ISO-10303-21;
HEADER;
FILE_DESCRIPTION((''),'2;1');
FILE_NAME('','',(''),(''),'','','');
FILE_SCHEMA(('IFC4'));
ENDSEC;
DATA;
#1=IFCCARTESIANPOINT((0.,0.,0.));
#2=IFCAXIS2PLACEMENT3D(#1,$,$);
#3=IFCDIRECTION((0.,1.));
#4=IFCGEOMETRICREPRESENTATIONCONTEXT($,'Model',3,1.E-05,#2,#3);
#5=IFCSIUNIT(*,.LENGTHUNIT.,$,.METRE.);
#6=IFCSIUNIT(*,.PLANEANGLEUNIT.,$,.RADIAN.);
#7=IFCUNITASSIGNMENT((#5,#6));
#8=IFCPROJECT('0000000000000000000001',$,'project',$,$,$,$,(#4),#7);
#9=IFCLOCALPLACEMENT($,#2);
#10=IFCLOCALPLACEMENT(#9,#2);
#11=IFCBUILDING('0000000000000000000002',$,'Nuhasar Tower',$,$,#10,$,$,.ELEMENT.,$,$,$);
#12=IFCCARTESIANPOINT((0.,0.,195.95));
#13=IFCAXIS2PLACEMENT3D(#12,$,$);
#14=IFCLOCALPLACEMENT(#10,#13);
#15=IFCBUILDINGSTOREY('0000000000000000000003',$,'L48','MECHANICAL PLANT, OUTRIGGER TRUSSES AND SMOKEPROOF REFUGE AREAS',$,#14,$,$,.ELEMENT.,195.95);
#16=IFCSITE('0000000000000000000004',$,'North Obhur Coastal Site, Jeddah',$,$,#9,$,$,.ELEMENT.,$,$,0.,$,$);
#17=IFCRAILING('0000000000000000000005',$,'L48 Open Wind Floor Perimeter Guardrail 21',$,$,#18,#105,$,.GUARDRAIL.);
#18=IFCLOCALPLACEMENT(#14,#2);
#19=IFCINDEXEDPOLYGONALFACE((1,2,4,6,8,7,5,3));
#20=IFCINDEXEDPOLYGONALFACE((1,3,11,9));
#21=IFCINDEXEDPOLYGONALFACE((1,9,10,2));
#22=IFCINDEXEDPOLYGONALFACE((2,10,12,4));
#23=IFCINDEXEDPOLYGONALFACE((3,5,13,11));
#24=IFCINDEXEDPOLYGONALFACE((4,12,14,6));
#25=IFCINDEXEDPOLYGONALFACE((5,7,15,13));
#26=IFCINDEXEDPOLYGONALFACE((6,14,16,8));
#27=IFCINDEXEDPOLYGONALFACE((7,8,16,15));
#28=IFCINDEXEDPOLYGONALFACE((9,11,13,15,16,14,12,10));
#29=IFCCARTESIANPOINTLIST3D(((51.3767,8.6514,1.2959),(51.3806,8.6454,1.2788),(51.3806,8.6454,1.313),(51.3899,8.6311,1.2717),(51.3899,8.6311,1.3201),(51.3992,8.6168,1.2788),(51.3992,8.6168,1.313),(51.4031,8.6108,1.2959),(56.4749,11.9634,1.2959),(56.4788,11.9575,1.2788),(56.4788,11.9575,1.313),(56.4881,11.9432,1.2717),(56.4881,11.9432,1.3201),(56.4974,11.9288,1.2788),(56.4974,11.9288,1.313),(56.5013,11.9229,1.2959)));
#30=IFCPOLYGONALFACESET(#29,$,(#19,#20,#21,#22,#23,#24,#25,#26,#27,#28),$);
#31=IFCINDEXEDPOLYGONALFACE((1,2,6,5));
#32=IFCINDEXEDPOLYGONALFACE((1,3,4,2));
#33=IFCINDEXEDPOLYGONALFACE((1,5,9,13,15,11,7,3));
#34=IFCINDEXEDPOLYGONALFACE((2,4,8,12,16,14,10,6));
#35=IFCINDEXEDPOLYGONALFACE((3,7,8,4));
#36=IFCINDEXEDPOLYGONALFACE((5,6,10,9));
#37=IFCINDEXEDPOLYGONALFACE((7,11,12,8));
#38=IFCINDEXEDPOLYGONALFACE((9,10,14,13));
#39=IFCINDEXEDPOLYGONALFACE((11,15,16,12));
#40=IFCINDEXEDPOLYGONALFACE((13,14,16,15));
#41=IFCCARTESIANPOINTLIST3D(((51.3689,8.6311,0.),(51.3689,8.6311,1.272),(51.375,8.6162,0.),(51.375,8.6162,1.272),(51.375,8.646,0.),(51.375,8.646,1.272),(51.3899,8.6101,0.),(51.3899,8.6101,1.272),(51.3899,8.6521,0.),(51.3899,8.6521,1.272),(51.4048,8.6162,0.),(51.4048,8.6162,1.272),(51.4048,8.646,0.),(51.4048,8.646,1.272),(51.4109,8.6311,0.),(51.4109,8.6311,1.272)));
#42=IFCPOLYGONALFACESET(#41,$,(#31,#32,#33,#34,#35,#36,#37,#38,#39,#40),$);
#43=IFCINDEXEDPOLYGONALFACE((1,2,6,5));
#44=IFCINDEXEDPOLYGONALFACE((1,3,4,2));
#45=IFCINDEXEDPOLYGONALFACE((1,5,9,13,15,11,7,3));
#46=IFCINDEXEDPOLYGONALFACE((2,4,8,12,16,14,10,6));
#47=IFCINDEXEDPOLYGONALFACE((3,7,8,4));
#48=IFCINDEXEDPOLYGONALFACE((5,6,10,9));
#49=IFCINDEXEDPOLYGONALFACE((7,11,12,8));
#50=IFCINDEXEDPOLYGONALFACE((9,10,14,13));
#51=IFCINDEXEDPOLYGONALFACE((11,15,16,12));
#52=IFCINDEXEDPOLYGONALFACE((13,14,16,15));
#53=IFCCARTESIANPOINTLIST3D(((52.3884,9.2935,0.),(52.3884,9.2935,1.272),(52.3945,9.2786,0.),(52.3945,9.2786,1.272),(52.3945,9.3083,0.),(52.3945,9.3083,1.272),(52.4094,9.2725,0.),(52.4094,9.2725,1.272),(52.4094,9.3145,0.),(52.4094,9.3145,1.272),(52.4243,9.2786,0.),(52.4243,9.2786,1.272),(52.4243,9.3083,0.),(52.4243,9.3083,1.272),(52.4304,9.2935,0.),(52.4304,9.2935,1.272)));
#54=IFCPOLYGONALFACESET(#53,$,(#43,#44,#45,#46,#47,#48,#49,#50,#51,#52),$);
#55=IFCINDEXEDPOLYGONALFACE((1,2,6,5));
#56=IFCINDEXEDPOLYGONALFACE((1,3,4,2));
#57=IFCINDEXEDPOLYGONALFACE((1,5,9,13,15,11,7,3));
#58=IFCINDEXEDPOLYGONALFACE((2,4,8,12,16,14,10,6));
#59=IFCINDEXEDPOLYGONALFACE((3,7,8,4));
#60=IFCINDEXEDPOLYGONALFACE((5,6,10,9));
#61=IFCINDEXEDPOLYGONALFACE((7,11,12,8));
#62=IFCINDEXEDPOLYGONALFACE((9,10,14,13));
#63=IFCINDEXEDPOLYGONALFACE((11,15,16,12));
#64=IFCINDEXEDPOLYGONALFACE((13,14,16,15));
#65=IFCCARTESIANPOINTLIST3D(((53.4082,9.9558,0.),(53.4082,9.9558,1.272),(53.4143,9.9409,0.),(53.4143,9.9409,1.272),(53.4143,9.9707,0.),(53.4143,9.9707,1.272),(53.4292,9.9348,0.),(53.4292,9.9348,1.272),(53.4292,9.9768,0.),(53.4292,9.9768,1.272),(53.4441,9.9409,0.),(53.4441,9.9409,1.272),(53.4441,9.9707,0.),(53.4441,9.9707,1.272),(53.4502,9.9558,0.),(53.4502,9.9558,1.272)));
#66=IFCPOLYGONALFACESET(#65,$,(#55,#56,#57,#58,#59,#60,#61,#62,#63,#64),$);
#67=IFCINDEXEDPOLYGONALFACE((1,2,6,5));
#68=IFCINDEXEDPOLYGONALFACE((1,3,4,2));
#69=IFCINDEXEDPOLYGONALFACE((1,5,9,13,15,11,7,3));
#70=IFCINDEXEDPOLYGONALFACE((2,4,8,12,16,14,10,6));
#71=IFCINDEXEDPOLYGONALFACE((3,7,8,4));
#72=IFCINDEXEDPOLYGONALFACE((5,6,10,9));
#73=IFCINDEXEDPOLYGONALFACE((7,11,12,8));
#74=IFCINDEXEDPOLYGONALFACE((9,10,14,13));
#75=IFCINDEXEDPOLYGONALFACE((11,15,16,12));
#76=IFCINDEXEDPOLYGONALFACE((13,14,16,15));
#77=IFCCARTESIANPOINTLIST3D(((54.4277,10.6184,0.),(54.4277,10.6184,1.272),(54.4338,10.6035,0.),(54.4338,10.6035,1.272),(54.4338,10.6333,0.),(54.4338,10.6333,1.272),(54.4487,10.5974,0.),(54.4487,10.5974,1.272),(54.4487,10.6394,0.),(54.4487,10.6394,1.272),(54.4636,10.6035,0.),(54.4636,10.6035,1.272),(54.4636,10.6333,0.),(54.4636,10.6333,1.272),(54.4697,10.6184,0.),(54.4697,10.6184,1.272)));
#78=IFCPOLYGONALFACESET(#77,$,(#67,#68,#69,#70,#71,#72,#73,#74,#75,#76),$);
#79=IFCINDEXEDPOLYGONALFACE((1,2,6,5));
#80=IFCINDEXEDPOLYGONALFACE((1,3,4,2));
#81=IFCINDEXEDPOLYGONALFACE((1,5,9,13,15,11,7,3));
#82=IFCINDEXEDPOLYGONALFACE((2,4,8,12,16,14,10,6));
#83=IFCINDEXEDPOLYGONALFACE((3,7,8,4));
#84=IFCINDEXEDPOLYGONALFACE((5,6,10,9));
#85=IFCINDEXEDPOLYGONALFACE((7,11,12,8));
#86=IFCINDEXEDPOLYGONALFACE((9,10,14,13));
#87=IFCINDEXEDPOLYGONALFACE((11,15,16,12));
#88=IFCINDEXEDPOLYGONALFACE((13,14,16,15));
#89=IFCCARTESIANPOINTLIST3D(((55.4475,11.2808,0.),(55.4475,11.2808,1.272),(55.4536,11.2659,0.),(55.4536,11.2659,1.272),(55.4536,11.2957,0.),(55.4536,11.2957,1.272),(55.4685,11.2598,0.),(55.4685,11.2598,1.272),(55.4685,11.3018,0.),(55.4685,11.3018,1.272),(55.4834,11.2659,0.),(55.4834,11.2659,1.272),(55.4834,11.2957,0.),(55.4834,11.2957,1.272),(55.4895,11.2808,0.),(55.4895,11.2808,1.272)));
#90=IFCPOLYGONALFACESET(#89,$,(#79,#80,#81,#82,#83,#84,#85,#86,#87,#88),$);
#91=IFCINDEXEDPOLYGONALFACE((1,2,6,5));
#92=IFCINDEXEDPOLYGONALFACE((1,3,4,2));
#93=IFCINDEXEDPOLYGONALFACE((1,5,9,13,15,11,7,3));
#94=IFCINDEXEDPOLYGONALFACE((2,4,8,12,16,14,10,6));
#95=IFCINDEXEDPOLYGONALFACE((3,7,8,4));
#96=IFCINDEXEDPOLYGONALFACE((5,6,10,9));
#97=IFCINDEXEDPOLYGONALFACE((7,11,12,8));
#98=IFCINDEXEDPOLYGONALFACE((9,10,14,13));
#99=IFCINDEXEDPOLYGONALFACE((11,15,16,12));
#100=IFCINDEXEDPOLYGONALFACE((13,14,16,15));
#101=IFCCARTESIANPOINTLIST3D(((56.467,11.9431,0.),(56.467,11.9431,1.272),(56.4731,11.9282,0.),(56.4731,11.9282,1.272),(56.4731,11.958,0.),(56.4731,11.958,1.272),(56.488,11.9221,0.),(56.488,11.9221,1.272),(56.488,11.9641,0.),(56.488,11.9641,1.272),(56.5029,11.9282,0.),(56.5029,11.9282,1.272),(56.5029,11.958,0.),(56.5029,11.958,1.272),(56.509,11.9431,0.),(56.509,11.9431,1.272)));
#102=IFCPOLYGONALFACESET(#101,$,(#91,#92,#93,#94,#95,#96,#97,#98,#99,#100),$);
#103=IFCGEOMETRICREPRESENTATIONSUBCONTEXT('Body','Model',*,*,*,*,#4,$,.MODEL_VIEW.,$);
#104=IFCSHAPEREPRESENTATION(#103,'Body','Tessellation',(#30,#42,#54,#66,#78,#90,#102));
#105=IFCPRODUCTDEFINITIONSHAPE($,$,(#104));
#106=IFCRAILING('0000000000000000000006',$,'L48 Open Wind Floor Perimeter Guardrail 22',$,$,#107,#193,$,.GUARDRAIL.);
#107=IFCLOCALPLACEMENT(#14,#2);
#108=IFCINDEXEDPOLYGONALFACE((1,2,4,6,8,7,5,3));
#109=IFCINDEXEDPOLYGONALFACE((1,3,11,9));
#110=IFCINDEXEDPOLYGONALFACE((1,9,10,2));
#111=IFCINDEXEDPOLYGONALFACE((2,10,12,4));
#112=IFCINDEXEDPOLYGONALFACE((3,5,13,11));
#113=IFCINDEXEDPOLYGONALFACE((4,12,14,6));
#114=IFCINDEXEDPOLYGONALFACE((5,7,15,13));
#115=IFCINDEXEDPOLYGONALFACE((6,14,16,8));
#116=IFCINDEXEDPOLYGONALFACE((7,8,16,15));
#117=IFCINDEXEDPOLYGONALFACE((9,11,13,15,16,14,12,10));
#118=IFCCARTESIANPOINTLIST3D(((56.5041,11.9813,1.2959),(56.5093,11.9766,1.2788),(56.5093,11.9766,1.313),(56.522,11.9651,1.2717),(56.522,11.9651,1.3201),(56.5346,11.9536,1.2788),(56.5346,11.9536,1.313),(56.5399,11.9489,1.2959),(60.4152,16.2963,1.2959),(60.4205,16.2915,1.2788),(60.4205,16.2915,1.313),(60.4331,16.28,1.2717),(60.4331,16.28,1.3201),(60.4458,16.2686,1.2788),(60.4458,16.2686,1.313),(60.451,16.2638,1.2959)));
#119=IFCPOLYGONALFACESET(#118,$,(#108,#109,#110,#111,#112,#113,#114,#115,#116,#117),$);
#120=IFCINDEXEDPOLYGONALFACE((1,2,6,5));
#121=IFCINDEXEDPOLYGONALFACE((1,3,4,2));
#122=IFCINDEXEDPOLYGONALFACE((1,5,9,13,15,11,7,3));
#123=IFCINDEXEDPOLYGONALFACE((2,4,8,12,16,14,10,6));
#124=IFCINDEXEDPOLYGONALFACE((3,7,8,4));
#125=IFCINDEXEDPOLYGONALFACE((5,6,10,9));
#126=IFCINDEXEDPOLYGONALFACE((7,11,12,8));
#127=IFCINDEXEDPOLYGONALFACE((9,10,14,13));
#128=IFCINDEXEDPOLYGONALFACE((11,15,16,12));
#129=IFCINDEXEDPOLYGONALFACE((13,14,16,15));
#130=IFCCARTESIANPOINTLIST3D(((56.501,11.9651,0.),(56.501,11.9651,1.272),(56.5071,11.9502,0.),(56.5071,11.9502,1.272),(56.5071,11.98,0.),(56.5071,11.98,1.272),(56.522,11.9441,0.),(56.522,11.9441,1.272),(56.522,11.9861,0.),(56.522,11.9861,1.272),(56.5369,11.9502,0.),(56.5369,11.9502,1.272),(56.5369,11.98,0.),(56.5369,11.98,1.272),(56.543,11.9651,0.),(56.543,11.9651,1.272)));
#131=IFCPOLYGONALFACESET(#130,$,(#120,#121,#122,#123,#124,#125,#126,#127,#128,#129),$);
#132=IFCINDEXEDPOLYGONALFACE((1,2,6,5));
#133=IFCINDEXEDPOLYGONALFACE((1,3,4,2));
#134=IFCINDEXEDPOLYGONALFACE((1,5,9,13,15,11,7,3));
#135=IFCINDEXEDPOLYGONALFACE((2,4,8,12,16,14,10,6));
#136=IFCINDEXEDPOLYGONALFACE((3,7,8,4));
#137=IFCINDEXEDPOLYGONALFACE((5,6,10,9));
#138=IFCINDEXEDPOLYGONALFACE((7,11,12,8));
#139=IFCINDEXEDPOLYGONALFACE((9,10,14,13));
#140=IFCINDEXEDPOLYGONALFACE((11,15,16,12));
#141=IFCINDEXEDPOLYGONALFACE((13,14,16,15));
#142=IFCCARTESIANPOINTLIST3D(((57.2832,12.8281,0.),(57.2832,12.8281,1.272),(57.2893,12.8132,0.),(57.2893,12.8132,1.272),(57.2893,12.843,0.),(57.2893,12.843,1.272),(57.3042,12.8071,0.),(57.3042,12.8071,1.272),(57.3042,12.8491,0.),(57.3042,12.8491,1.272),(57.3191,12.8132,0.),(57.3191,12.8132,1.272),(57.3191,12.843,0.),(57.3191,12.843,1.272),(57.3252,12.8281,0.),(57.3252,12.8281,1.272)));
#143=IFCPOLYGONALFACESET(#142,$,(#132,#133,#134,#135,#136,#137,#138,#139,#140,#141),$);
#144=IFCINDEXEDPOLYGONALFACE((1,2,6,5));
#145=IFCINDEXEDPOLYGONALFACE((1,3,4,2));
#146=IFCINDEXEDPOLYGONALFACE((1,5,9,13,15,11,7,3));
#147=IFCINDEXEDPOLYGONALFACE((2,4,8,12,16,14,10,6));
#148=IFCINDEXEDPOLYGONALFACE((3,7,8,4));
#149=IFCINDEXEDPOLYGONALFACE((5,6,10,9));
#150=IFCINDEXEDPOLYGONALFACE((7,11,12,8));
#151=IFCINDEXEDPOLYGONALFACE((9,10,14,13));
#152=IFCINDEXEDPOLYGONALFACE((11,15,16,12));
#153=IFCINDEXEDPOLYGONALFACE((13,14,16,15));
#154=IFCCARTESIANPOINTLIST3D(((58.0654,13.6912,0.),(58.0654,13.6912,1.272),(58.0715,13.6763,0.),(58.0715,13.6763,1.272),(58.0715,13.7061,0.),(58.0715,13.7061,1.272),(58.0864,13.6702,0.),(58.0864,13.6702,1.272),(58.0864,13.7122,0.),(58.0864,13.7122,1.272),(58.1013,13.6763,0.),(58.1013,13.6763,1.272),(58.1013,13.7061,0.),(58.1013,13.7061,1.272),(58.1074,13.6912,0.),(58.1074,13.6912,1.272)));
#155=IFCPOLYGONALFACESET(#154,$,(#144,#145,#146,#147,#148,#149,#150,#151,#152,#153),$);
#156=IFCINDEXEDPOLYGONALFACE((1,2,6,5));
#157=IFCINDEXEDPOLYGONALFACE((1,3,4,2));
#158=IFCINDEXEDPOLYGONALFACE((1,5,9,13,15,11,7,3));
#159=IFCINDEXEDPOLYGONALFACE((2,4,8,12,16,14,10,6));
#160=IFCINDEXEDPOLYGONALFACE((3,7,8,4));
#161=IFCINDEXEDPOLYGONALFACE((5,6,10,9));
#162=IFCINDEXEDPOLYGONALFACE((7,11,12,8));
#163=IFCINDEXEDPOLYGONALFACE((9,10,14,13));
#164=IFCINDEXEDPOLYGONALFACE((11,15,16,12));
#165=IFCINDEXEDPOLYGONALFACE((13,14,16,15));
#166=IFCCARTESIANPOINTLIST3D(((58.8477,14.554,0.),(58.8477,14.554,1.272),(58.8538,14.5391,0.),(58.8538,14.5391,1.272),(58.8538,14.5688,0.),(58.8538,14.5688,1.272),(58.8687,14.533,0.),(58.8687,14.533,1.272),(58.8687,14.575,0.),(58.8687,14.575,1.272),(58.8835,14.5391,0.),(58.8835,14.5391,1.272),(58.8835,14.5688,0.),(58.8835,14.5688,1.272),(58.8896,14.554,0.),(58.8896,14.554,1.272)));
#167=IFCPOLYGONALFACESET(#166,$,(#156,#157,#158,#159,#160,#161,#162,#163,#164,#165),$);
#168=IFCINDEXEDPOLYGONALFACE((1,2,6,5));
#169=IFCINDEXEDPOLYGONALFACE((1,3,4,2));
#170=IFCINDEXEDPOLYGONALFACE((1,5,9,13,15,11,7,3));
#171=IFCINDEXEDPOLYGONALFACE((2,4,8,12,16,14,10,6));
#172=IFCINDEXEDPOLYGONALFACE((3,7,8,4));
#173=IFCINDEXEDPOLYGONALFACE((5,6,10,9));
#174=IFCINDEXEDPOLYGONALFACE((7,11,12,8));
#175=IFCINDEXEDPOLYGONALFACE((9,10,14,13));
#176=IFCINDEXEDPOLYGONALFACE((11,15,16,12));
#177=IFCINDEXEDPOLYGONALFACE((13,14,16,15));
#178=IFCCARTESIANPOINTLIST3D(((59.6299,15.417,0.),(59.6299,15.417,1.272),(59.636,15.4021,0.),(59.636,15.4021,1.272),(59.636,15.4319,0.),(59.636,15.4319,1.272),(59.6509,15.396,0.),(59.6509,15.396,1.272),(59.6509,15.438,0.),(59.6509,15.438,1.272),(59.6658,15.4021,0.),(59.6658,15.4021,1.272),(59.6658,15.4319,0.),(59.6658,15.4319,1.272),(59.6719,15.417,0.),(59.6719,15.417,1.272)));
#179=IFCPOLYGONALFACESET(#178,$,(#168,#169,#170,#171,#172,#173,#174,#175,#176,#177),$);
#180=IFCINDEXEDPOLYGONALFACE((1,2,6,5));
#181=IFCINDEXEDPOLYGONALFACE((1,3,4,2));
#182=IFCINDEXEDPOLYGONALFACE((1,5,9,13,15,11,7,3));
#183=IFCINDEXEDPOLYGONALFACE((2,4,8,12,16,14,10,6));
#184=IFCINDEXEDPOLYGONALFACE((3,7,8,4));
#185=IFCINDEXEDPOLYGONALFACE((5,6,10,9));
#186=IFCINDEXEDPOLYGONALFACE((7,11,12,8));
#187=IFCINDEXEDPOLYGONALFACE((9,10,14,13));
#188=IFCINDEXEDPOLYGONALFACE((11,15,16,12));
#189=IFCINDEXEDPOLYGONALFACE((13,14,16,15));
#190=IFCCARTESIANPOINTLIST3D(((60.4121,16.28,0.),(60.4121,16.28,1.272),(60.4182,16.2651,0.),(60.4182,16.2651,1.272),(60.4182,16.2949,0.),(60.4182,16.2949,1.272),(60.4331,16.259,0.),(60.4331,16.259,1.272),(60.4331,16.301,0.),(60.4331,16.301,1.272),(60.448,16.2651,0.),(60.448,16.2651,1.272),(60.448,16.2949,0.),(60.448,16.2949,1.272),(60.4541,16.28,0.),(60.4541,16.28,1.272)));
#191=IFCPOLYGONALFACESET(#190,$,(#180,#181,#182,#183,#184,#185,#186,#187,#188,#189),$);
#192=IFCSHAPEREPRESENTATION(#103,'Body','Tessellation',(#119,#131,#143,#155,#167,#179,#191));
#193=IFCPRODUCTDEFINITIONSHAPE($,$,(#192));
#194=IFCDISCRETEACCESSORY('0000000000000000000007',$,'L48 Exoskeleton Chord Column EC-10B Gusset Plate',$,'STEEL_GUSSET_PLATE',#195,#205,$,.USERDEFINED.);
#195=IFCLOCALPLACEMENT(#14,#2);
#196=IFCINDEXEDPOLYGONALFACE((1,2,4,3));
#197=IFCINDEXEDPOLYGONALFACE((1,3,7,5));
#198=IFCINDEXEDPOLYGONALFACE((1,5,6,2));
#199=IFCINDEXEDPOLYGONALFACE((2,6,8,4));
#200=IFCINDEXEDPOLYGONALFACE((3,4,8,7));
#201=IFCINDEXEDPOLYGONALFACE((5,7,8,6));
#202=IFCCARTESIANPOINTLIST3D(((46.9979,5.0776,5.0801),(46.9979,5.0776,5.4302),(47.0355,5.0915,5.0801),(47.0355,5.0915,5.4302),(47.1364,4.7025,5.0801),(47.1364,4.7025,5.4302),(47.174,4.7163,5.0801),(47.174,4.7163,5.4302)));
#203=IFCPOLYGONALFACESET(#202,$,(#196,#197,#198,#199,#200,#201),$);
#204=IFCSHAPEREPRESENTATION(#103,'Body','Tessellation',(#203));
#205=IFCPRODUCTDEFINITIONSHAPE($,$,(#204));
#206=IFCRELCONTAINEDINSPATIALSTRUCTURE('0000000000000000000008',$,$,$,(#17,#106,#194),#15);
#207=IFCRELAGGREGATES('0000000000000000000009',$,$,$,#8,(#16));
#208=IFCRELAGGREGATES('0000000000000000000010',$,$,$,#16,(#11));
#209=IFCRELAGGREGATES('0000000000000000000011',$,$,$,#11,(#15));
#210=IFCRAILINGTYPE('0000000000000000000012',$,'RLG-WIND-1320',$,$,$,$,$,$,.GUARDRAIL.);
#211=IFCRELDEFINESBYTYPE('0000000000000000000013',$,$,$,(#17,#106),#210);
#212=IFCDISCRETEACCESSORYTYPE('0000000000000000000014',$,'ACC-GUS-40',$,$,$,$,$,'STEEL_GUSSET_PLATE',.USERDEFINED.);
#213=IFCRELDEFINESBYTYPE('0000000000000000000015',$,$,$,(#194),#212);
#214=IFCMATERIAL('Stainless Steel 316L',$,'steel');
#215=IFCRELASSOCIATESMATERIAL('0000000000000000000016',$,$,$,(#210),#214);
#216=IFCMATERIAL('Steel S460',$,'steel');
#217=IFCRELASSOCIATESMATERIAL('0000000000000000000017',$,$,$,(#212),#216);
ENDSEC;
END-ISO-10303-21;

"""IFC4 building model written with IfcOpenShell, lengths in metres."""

from ifc_helpers import new_model, si_unit, direction, frame, origin, origin_2d, place, context, subcontext, project, spatial, polyline, rectangle, outline, extrude, material, type_object, element, save


model = new_model("IFC4")

# Units and contexts
model_context = context("Model", 3, precision=1e-05, world=origin(), true_north=direction((0.0, 1.0)))
body_context = subcontext(model_context, "Body", "Model", "MODEL_VIEW")
ifc_project = project(units=[si_unit("LENGTHUNIT", "METRE"), si_unit("PLANEANGLEUNIT", "RADIAN")], contexts=[model_context])

# Site, building, storey
site_placement = place(None, origin())
site = spatial("IfcSite", under=ifc_project, at=site_placement, Name="North Obhur Coastal Site, Jeddah", CompositionType="ELEMENT", RefElevation=0.0)
building_placement = place(site_placement, origin())
building = spatial("IfcBuilding", under=site, at=building_placement, Name="Nuhasar Tower", CompositionType="ELEMENT")
storey_placement = place(building_placement, frame((0.0, 0.0, 195.95)))
storey = spatial("IfcBuildingStorey", under=building, at=storey_placement, Name="L48", Description="MECHANICAL PLANT, OUTRIGGER TRUSSES AND SMOKEPROOF REFUGE AREAS", CompositionType="ELEMENT", Elevation=195.95)

# Shared definitions
ifc_material_1 = material(Name="Steel S460", Category="steel")

# Railings
ifc_material_2 = material(Name="Stainless Steel 316L", Category="steel")
railing_type = type_object("IfcRailingType", Name="RLG-WIND-1320", PredefinedType="GUARDRAIL", material=ifc_material_2)
railing_1_placement = place(storey_placement, frame((51.3899, 8.6311, 0.0)))
element("IfcRailing", 1, at=railing_1_placement, inside=storey, type_object=railing_type, Name="L48 Open Wind Floor Perimeter Guardrail 21", PredefinedType="GUARDRAIL", context=body_context, shape_type="SweptSolid", body=[
    extrude(outline(polyline([(0.0242, 0.0), (0.0171, 0.0171), (0.0, 0.0242), (-0.0171, 0.0171), (-0.0242, 0.0), (-0.0171, -0.0171), (0.0, -0.0242), (0.0171, -0.0171), (0.0242, 0.0)])), frame((0.0, 0.0, 1.2959), z_axis=(0.838578, 0.544782, 0.0), x_axis=(-0.544782, 0.838578, 0.0)), (0.0, 0.0, 1.0), 6.0796),
    extrude(outline(polyline([(0.021, 0.0), (0.0149, 0.0149), (0.0, 0.021), (-0.0149, 0.0149), (-0.021, 0.0), (-0.0149, -0.0149), (0.0, -0.021), (0.0149, -0.0149), (0.021, 0.0)])), origin(), (0.0, 0.0, 1.0), 1.272),
    extrude(outline(polyline([(0.021, 0.0), (0.0149, 0.0149), (0.0, 0.021), (-0.0149, 0.0149), (-0.021, 0.0), (-0.0149, -0.0149), (0.0, -0.021), (0.0149, -0.0149), (0.021, 0.0)])), frame((1.0195, 0.6624, 0.0)), (0.0, 0.0, 1.0), 1.272),
    extrude(outline(polyline([(0.021, 0.0), (0.0149, 0.0149), (0.0, 0.021), (-0.0149, 0.0149), (-0.021, 0.0), (-0.0149, -0.0149), (0.0, -0.021), (0.0149, -0.0149), (0.021, 0.0)])), frame((2.0393, 1.3247, 0.0)), (0.0, 0.0, 1.0), 1.272),
    extrude(outline(polyline([(0.021, 0.0), (0.0149, 0.0149), (0.0, 0.021), (-0.0149, 0.0149), (-0.021, 0.0), (-0.0149, -0.0149), (0.0, -0.021), (0.0149, -0.0149), (0.021, 0.0)])), frame((3.0588, 1.9873, 0.0)), (0.0, 0.0, 1.0), 1.272),
    extrude(outline(polyline([(0.021, 0.0), (0.0149, 0.0149), (0.0, 0.021), (-0.0149, 0.0149), (-0.021, 0.0), (-0.0149, -0.0149), (0.0, -0.021), (0.0149, -0.0149), (0.021, 0.0)])), frame((4.0786, 2.6497, 0.0)), (0.0, 0.0, 1.0), 1.272),
    extrude(outline(polyline([(0.021, 0.0), (0.0149, 0.0149), (0.0, 0.021), (-0.0149, 0.0149), (-0.021, 0.0), (-0.0149, -0.0149), (0.0, -0.021), (0.0149, -0.0149), (0.021, 0.0)])), frame((5.0981, 3.312, 0.0)), (0.0, 0.0, 1.0), 1.272),
])
railing_2_placement = place(storey_placement, frame((56.522, 11.9651, 0.0)))
element("IfcRailing", 2, at=railing_2_placement, inside=storey, type_object=railing_type, Name="L48 Open Wind Floor Perimeter Guardrail 22", PredefinedType="GUARDRAIL", context=body_context, shape_type="SweptSolid", body=[
    extrude(outline(polyline([(0.0242, 0.0), (0.0171, 0.0171), (0.0, 0.0242), (-0.0171, 0.0171), (-0.0242, 0.0), (-0.0171, -0.0171), (0.0, -0.0242), (0.0171, -0.0171), (0.0242, 0.0)])), frame((0.0, 0.0, 1.2959), z_axis=(0.671587, 0.740926, 0.0), x_axis=(-0.740926, 0.671587, 0.0)), (0.0, 0.0, 1.0), 5.8237),
    extrude(outline(polyline([(0.021, 0.0), (0.0149, 0.0149), (0.0, 0.021), (-0.0149, 0.0149), (-0.021, 0.0), (-0.0149, -0.0149), (0.0, -0.021), (0.0149, -0.0149), (0.021, 0.0)])), origin(), (0.0, 0.0, 1.0), 1.272),
    extrude(outline(polyline([(0.021, 0.0), (0.0149, 0.0149), (0.0, 0.021), (-0.0149, 0.0149), (-0.021, 0.0), (-0.0149, -0.0149), (0.0, -0.021), (0.0149, -0.0149), (0.021, 0.0)])), frame((0.7822, 0.863, 0.0)), (0.0, 0.0, 1.0), 1.272),
    extrude(outline(polyline([(0.021, 0.0), (0.0149, 0.0149), (0.0, 0.021), (-0.0149, 0.0149), (-0.021, 0.0), (-0.0149, -0.0149), (0.0, -0.021), (0.0149, -0.0149), (0.021, 0.0)])), frame((1.5645, 1.7261, 0.0)), (0.0, 0.0, 1.0), 1.272),
    extrude(outline(polyline([(0.021, 0.0), (0.0149, 0.0149), (0.0, 0.021), (-0.0149, 0.0149), (-0.021, 0.0), (-0.0149, -0.0149), (0.0, -0.021), (0.0149, -0.0149), (0.021, 0.0)])), frame((2.3467, 2.5889, 0.0)), (0.0, 0.0, 1.0), 1.272),
    extrude(outline(polyline([(0.021, 0.0), (0.0149, 0.0149), (0.0, 0.021), (-0.0149, 0.0149), (-0.021, 0.0), (-0.0149, -0.0149), (0.0, -0.021), (0.0149, -0.0149), (0.021, 0.0)])), frame((3.1289, 3.4519, 0.0)), (0.0, 0.0, 1.0), 1.272),
    extrude(outline(polyline([(0.021, 0.0), (0.0149, 0.0149), (0.0, 0.021), (-0.0149, 0.0149), (-0.021, 0.0), (-0.0149, -0.0149), (0.0, -0.021), (0.0149, -0.0149), (0.021, 0.0)])), frame((3.9111, 4.3149, 0.0)), (0.0, 0.0, 1.0), 1.272),
])

# Discrete accessory
discrete_accessory_type = type_object("IfcDiscreteAccessoryType", Name="ACC-GUS-40", ElementType="STEEL_GUSSET_PLATE", PredefinedType="USERDEFINED", material=ifc_material_1)
for number, where, z_axis, x_axis, name in (
    (3, (47.0859, 4.897, 5.0801), (0.0, 0.0, 1.0), (0.346314, -0.938119, 0.0), "L48 Exoskeleton Chord Column EC-10B Gusset Plate"),
):
    element("IfcDiscreteAccessory", number, at=place(storey_placement, frame(where, z_axis=z_axis, x_axis=x_axis)), inside=storey, type_object=discrete_accessory_type, Name=name, ObjectType="STEEL_GUSSET_PLATE", PredefinedType="USERDEFINED", context=body_context, shape_type="SweptSolid", body=[
        extrude(rectangle(XDim=0.3999, YDim=0.04, at=origin_2d()), origin(), (0.0, 0.0, 1.0), 0.3501),
    ])

save(model, "model.ifc")
